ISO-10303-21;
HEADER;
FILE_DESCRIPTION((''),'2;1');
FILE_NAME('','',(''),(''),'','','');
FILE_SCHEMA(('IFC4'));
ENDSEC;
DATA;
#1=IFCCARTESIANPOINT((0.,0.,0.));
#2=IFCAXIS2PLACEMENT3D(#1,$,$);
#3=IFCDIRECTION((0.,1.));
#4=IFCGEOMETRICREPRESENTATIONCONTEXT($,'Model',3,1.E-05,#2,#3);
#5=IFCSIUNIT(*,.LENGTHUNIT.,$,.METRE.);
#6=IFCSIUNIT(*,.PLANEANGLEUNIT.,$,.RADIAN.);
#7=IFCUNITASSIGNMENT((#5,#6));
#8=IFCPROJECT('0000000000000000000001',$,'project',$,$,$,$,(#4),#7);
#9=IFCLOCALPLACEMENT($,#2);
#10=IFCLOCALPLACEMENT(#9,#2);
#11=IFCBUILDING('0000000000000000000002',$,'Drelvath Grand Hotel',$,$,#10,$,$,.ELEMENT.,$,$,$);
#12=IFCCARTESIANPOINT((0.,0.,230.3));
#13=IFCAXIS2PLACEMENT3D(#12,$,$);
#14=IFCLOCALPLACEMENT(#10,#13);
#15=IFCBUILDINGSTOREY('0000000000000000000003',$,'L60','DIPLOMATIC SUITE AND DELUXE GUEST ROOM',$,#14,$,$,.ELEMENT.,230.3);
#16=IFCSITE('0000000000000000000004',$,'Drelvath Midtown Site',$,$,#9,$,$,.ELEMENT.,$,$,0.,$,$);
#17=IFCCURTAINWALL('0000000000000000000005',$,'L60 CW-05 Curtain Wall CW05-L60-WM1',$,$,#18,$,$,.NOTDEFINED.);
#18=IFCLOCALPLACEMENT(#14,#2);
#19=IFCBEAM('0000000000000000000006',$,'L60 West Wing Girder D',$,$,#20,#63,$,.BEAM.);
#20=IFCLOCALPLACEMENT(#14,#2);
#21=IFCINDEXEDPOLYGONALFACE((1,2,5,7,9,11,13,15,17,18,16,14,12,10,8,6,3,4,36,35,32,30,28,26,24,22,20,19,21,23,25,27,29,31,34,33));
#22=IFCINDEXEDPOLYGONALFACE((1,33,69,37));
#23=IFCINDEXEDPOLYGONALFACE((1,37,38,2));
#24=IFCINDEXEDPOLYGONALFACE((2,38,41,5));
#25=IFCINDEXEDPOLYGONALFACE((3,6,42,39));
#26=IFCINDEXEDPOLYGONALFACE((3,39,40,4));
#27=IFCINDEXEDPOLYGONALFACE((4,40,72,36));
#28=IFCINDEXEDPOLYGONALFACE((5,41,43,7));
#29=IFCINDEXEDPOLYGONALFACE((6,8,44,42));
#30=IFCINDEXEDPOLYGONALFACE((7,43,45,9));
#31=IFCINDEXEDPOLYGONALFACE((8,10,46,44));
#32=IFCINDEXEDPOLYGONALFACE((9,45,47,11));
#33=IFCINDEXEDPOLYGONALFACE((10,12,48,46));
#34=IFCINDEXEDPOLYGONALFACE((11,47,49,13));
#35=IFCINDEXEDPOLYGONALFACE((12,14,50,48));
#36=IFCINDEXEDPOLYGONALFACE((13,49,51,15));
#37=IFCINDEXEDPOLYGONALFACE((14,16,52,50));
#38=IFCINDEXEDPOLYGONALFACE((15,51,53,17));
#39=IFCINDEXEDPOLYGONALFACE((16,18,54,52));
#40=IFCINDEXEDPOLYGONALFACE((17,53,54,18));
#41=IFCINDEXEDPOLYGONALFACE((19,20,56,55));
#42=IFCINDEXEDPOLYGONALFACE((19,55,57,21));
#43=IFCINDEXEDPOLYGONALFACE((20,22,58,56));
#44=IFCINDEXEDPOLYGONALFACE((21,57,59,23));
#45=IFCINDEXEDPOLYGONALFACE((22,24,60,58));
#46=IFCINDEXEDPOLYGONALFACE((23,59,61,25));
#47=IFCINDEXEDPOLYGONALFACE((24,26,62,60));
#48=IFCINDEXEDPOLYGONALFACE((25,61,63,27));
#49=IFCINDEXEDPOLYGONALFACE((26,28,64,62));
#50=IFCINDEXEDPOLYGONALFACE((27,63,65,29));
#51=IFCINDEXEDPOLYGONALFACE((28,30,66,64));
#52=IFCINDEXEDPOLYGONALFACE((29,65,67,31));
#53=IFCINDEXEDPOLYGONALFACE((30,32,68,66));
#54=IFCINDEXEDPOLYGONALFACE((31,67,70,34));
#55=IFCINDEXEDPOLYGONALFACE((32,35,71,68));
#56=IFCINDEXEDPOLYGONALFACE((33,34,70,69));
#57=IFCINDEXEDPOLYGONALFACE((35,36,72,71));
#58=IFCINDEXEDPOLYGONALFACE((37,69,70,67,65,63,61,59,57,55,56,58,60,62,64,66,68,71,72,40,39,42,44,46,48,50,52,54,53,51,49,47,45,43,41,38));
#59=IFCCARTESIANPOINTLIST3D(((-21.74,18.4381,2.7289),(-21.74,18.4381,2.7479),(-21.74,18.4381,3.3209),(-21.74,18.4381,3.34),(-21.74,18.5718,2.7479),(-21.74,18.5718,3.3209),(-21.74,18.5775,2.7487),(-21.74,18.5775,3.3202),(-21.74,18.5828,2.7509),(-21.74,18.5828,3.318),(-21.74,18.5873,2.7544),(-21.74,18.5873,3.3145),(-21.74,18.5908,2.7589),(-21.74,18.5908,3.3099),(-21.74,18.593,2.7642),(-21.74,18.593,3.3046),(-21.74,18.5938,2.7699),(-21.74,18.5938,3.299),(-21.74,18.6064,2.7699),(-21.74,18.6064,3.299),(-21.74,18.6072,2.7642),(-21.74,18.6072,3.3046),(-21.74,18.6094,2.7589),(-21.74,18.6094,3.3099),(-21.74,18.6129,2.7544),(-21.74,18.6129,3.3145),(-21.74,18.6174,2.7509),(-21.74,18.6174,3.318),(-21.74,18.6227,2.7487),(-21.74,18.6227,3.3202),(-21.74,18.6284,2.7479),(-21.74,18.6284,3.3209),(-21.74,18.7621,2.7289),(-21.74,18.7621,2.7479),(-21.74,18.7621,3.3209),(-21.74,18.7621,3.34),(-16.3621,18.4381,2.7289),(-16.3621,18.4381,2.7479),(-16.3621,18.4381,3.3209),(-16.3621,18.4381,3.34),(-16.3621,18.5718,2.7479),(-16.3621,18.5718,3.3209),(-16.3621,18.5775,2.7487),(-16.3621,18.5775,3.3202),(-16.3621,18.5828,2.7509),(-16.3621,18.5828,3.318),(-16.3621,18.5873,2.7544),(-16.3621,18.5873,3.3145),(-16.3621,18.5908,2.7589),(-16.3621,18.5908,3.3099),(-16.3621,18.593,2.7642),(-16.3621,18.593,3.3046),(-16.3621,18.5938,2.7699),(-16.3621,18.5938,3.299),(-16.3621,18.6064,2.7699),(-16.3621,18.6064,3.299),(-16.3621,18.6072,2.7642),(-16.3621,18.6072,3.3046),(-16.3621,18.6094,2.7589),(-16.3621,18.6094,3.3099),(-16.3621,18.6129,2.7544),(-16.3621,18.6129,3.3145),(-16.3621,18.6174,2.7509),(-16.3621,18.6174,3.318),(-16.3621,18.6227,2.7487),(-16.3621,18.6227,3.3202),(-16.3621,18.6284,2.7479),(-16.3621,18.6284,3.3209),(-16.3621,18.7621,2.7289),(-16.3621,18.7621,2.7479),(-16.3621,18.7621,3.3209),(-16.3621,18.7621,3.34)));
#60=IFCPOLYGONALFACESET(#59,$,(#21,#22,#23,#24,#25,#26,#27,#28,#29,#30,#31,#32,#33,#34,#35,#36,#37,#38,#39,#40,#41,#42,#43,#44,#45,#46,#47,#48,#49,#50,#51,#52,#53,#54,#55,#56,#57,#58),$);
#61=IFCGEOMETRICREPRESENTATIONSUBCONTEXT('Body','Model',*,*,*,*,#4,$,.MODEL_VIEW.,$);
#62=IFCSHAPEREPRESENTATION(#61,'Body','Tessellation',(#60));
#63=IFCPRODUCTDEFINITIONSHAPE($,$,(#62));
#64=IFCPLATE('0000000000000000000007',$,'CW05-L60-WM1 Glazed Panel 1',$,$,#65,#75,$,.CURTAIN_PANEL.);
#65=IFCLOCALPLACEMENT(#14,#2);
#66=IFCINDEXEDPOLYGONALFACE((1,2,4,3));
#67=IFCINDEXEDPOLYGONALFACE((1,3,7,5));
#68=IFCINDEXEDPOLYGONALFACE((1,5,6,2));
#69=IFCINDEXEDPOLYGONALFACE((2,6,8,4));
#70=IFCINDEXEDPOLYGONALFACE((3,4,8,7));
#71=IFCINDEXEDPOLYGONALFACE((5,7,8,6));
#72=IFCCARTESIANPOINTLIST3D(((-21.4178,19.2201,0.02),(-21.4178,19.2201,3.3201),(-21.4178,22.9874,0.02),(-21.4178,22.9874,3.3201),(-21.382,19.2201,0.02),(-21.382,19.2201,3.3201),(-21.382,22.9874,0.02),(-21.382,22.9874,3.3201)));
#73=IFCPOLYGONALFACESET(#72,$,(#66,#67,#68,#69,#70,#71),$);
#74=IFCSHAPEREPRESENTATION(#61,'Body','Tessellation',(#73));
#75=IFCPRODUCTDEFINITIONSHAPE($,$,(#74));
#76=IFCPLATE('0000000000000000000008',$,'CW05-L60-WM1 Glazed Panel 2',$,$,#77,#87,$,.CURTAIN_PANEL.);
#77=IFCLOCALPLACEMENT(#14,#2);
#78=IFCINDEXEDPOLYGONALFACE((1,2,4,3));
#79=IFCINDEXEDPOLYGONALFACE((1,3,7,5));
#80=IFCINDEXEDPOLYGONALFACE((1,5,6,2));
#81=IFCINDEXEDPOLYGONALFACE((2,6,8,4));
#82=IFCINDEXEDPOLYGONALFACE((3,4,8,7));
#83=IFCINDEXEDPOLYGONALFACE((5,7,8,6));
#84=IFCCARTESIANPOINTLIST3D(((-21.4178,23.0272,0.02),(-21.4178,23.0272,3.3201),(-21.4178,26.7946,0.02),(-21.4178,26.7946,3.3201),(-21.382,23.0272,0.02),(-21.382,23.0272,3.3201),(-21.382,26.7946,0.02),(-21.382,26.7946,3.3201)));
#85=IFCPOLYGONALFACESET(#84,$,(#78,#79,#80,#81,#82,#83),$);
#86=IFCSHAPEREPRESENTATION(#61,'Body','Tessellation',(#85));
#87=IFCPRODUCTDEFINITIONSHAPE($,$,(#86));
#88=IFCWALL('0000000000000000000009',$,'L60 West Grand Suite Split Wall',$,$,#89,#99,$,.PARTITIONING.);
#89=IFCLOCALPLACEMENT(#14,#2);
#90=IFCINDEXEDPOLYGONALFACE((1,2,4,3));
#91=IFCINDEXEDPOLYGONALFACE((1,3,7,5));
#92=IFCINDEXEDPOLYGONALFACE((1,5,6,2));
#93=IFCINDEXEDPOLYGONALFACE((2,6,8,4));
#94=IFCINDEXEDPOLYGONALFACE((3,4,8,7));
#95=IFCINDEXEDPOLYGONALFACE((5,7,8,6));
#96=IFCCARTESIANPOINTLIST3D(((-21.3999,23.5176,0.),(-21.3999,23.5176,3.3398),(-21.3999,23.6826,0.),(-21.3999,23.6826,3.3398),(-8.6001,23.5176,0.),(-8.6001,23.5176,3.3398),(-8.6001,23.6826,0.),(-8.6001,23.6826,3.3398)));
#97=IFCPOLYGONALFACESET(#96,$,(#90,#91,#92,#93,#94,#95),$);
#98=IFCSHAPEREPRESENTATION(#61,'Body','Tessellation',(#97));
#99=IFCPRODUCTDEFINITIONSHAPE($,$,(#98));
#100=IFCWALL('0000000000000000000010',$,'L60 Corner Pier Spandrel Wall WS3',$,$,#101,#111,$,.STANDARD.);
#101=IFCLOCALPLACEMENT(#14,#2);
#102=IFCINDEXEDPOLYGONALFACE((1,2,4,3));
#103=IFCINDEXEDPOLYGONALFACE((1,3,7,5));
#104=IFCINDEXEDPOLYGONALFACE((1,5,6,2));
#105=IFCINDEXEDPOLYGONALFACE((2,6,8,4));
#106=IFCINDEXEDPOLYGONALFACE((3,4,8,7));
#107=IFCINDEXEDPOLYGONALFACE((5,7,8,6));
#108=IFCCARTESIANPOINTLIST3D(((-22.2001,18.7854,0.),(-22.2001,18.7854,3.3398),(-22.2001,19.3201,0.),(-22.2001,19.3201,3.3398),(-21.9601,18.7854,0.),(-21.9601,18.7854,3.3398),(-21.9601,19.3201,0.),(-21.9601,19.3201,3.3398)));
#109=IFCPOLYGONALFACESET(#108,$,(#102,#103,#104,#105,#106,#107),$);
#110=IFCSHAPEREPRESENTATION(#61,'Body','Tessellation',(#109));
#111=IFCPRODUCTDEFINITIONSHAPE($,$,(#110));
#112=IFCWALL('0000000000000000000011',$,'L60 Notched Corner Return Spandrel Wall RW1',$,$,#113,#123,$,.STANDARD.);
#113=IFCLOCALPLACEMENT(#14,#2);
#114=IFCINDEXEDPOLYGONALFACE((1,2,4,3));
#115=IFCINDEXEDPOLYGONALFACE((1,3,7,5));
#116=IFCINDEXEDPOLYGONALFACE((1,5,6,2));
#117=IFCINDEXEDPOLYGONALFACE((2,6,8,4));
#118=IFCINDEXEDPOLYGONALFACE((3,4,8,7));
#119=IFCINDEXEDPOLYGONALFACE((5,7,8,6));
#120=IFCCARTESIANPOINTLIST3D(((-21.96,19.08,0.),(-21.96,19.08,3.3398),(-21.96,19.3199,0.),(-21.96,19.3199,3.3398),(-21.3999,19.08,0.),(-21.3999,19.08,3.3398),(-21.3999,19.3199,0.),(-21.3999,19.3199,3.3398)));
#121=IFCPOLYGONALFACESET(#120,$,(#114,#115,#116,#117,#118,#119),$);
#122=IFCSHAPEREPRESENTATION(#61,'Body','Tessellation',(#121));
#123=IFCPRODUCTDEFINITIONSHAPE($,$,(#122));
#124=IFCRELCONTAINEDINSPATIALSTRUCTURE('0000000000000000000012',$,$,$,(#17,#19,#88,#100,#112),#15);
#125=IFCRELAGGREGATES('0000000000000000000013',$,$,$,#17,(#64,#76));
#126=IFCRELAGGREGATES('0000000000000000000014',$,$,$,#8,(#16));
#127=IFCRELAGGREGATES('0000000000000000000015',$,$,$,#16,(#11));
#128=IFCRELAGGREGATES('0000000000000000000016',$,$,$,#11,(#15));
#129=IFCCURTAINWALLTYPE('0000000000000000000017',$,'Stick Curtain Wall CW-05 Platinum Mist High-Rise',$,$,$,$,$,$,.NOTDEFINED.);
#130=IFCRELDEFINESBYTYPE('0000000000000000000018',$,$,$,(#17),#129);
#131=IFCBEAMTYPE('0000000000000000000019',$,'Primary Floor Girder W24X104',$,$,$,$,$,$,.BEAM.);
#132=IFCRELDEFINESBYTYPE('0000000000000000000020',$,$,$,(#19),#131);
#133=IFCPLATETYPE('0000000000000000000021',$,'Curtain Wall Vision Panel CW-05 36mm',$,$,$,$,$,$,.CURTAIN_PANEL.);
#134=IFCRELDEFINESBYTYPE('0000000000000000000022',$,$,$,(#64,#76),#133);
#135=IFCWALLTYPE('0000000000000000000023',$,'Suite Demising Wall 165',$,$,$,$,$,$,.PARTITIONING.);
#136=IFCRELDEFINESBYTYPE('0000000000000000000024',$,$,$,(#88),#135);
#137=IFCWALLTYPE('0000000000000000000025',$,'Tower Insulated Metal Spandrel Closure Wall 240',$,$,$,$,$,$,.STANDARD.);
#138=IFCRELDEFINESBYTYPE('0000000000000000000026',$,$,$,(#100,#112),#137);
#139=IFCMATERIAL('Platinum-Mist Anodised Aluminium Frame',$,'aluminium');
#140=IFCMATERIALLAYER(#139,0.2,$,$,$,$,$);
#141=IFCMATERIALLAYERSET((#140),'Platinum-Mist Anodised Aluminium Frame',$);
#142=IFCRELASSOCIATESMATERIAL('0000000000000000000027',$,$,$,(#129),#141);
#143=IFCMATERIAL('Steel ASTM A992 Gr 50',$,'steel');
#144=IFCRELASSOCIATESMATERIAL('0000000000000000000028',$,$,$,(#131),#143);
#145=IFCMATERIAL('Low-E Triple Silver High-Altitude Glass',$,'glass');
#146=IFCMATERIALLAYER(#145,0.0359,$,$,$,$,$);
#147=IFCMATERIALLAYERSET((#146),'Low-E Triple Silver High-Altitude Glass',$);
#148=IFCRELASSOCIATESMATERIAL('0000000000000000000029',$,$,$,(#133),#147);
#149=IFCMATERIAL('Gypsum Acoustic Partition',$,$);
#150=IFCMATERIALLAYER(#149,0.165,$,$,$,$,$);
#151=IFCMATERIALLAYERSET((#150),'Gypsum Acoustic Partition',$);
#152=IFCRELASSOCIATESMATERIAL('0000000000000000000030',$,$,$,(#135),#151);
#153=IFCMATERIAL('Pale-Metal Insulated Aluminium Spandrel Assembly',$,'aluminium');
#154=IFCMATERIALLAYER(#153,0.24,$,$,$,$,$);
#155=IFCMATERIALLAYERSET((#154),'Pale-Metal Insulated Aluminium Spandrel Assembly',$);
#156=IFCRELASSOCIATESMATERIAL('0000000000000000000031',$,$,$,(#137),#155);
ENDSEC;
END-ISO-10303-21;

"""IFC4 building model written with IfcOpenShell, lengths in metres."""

from ifc_helpers import new_model, si_unit, direction, frame, frame_2d, origin, origin_2d, place, context, subcontext, project, spatial, rectangle, i_section, extrude, material, layer, layer_set, material_profile, profile_set, type_object, element, aggregate, save


model = new_model("IFC4")

# Units and contexts
model_context = context("Model", 3, precision=1e-05, world=origin(), true_north=direction((0.0, 1.0)))
body_context = subcontext(model_context, "Body", "Model", "MODEL_VIEW")
ifc_project = project(units=[si_unit("LENGTHUNIT", "METRE"), si_unit("PLANEANGLEUNIT", "RADIAN")], contexts=[model_context])

# Site, building, storey
site_placement = place(None, origin())
site = spatial("IfcSite", under=ifc_project, at=site_placement, Name="Drelvath Midtown Site", CompositionType="ELEMENT", RefElevation=0.0)
building_placement = place(site_placement, origin())
building = spatial("IfcBuilding", under=site, at=building_placement, Name="Drelvath Grand Hotel", CompositionType="ELEMENT")
storey_placement = place(building_placement, frame((0.0, 0.0, 230.3)))
storey = spatial("IfcBuildingStorey", under=building, at=storey_placement, Name="L60", Description="DIPLOMATIC SUITE AND DELUXE GUEST ROOM", CompositionType="ELEMENT", Elevation=230.3)

# Curtain wall
ifc_material_1 = material(Name="Platinum-Mist Anodised Aluminium Frame", Category="aluminium")
ifc_layer_1 = layer(ifc_material_1, 0.2)
ifc_layer_set_1 = layer_set([ifc_layer_1], Name="Platinum-Mist Anodised Aluminium Frame")
curtain_wall_type = type_object("IfcCurtainWallType", Name="Stick Curtain Wall CW-05 Platinum Mist High-Rise", PredefinedType="NOTDEFINED", material=ifc_layer_set_1)
curtain_wall_placement = place(storey_placement, origin())
curtain_wall = element("IfcCurtainWall", 1, at=curtain_wall_placement, inside=storey, type_object=curtain_wall_type, Name="L60 CW-05 Curtain Wall CW05-L60-WM1", PredefinedType="NOTDEFINED")

# Beam
ifc_material_2 = material(Name="Steel ASTM A992 Gr 50", Category="steel")
ifc_material_profile_1 = material_profile(ifc_material_2, i_section(OverallWidth=0.324, OverallDepth=0.6111, WebThickness=0.0127, FlangeThickness=0.019, FilletRadius=0.022, at=origin_2d()), Name="W24X104")
ifc_profile_set_1 = profile_set([ifc_material_profile_1], Name="Steel ASTM A992 Gr 50")
beam_type_1 = type_object("IfcBeamType", Name="Primary Floor Girder W24X104", PredefinedType="BEAM", material=ifc_profile_set_1)
beam_1_placement = place(storey_placement, frame((-21.74, 18.6001, 3.0344), z_axis=(1.0, 0.0, 0.0), x_axis=(0.0, 1.0, 0.0)))
element("IfcBeam", 2, at=beam_1_placement, inside=storey, type_object=beam_type_1, Name="L60 West Wing Girder D", PredefinedType="BEAM", context=body_context, shape_type="SweptSolid", body=[
    extrude(i_section(OverallWidth=0.324, OverallDepth=0.6111, WebThickness=0.0127, FlangeThickness=0.019, FilletRadius=0.022, at=origin_2d()), origin(), (0.0, 0.0, 1.0), 5.3779),
])

# Plates
ifc_material_3 = material(Name="Low-E Triple Silver High-Altitude Glass", Category="glass")
ifc_layer_2 = layer(ifc_material_3, 0.0359)
ifc_layer_set_2 = layer_set([ifc_layer_2], Name="Low-E Triple Silver High-Altitude Glass")
plate_type = type_object("IfcPlateType", Name="Curtain Wall Vision Panel CW-05 36mm", PredefinedType="CURTAIN_PANEL", material=ifc_layer_set_2)
plate_1_placement = place(storey_placement, frame((-21.3999, 21.1038, 0.02), z_axis=(0.0, 0.0, 1.0), x_axis=(0.0, 1.0, 0.0)))
plate_1 = element("IfcPlate", 3, at=plate_1_placement, type_object=plate_type, Name="CW05-L60-WM1 Glazed Panel 1", PredefinedType="CURTAIN_PANEL", context=body_context, shape_type="SweptSolid", body=[
    extrude(rectangle(XDim=3.7673, YDim=0.0359, at=origin_2d()), origin(), (0.0, 0.0, 1.0), 3.3),
])
plate_2_placement = place(storey_placement, frame((-21.3999, 24.9109, 0.02), z_axis=(0.0, 0.0, 1.0), x_axis=(0.0, 1.0, 0.0)))
plate_2 = element("IfcPlate", 4, at=plate_2_placement, type_object=plate_type, Name="CW05-L60-WM1 Glazed Panel 2", PredefinedType="CURTAIN_PANEL", context=body_context, shape_type="SweptSolid", body=[
    extrude(rectangle(XDim=3.7673, YDim=0.0359, at=origin_2d()), origin(), (0.0, 0.0, 1.0), 3.3),
])
aggregate(curtain_wall, [plate_1, plate_2])

# Walls
ifc_material_4 = material(Name="Gypsum Acoustic Partition")
ifc_layer_3 = layer(ifc_material_4, 0.165)
ifc_layer_set_3 = layer_set([ifc_layer_3], Name="Gypsum Acoustic Partition")
wall_type_1 = type_object("IfcWallType", Name="Suite Demising Wall 165", PredefinedType="PARTITIONING", material=ifc_layer_set_3)
wall_1_placement = place(storey_placement, frame((-21.3999, 23.6001, 0.0), z_axis=(0.0, 0.0, 1.0), x_axis=(1.0, 0.0, 0.0)))
element("IfcWall", 5, at=wall_1_placement, inside=storey, type_object=wall_type_1, Name="L60 West Grand Suite Split Wall", PredefinedType="PARTITIONING", context=body_context, shape_type="SweptSolid", body=[
    extrude(rectangle(XDim=12.7998, YDim=0.165, at=frame_2d((6.3999, 0.0))), origin(), (0.0, 0.0, 1.0), 3.3398),
])
ifc_material_5 = material(Name="Pale-Metal Insulated Aluminium Spandrel Assembly", Category="aluminium")
ifc_layer_4 = layer(ifc_material_5, 0.24)
ifc_layer_set_4 = layer_set([ifc_layer_4], Name="Pale-Metal Insulated Aluminium Spandrel Assembly")
wall_type_2 = type_object("IfcWallType", Name="Tower Insulated Metal Spandrel Closure Wall 240", PredefinedType="STANDARD", material=ifc_layer_set_4)
wall_2_placement = place(storey_placement, frame((-22.0801, 18.7854, 0.0), z_axis=(0.0, 0.0, 1.0), x_axis=(0.0, 1.0, 0.0)))
element("IfcWall", 6, at=wall_2_placement, inside=storey, type_object=wall_type_2, Name="L60 Corner Pier Spandrel Wall WS3", PredefinedType="STANDARD", context=body_context, shape_type="SweptSolid", body=[
    extrude(rectangle(XDim=0.5347, YDim=0.24, at=frame_2d((0.2673, 0.0))), origin(), (0.0, 0.0, 1.0), 3.3398),
])
wall_3_placement = place(storey_placement, frame((-21.96, 19.2, 0.0), z_axis=(0.0, 0.0, 1.0), x_axis=(1.0, 0.0, 0.0)))
element("IfcWall", 7, at=wall_3_placement, inside=storey, type_object=wall_type_2, Name="L60 Notched Corner Return Spandrel Wall RW1", PredefinedType="STANDARD", context=body_context, shape_type="SweptSolid", body=[
    extrude(rectangle(XDim=0.5601, YDim=0.24, at=frame_2d((0.28, 0.0))), origin(), (0.0, 0.0, 1.0), 3.3398),
])

save(model, "model.ifc")
